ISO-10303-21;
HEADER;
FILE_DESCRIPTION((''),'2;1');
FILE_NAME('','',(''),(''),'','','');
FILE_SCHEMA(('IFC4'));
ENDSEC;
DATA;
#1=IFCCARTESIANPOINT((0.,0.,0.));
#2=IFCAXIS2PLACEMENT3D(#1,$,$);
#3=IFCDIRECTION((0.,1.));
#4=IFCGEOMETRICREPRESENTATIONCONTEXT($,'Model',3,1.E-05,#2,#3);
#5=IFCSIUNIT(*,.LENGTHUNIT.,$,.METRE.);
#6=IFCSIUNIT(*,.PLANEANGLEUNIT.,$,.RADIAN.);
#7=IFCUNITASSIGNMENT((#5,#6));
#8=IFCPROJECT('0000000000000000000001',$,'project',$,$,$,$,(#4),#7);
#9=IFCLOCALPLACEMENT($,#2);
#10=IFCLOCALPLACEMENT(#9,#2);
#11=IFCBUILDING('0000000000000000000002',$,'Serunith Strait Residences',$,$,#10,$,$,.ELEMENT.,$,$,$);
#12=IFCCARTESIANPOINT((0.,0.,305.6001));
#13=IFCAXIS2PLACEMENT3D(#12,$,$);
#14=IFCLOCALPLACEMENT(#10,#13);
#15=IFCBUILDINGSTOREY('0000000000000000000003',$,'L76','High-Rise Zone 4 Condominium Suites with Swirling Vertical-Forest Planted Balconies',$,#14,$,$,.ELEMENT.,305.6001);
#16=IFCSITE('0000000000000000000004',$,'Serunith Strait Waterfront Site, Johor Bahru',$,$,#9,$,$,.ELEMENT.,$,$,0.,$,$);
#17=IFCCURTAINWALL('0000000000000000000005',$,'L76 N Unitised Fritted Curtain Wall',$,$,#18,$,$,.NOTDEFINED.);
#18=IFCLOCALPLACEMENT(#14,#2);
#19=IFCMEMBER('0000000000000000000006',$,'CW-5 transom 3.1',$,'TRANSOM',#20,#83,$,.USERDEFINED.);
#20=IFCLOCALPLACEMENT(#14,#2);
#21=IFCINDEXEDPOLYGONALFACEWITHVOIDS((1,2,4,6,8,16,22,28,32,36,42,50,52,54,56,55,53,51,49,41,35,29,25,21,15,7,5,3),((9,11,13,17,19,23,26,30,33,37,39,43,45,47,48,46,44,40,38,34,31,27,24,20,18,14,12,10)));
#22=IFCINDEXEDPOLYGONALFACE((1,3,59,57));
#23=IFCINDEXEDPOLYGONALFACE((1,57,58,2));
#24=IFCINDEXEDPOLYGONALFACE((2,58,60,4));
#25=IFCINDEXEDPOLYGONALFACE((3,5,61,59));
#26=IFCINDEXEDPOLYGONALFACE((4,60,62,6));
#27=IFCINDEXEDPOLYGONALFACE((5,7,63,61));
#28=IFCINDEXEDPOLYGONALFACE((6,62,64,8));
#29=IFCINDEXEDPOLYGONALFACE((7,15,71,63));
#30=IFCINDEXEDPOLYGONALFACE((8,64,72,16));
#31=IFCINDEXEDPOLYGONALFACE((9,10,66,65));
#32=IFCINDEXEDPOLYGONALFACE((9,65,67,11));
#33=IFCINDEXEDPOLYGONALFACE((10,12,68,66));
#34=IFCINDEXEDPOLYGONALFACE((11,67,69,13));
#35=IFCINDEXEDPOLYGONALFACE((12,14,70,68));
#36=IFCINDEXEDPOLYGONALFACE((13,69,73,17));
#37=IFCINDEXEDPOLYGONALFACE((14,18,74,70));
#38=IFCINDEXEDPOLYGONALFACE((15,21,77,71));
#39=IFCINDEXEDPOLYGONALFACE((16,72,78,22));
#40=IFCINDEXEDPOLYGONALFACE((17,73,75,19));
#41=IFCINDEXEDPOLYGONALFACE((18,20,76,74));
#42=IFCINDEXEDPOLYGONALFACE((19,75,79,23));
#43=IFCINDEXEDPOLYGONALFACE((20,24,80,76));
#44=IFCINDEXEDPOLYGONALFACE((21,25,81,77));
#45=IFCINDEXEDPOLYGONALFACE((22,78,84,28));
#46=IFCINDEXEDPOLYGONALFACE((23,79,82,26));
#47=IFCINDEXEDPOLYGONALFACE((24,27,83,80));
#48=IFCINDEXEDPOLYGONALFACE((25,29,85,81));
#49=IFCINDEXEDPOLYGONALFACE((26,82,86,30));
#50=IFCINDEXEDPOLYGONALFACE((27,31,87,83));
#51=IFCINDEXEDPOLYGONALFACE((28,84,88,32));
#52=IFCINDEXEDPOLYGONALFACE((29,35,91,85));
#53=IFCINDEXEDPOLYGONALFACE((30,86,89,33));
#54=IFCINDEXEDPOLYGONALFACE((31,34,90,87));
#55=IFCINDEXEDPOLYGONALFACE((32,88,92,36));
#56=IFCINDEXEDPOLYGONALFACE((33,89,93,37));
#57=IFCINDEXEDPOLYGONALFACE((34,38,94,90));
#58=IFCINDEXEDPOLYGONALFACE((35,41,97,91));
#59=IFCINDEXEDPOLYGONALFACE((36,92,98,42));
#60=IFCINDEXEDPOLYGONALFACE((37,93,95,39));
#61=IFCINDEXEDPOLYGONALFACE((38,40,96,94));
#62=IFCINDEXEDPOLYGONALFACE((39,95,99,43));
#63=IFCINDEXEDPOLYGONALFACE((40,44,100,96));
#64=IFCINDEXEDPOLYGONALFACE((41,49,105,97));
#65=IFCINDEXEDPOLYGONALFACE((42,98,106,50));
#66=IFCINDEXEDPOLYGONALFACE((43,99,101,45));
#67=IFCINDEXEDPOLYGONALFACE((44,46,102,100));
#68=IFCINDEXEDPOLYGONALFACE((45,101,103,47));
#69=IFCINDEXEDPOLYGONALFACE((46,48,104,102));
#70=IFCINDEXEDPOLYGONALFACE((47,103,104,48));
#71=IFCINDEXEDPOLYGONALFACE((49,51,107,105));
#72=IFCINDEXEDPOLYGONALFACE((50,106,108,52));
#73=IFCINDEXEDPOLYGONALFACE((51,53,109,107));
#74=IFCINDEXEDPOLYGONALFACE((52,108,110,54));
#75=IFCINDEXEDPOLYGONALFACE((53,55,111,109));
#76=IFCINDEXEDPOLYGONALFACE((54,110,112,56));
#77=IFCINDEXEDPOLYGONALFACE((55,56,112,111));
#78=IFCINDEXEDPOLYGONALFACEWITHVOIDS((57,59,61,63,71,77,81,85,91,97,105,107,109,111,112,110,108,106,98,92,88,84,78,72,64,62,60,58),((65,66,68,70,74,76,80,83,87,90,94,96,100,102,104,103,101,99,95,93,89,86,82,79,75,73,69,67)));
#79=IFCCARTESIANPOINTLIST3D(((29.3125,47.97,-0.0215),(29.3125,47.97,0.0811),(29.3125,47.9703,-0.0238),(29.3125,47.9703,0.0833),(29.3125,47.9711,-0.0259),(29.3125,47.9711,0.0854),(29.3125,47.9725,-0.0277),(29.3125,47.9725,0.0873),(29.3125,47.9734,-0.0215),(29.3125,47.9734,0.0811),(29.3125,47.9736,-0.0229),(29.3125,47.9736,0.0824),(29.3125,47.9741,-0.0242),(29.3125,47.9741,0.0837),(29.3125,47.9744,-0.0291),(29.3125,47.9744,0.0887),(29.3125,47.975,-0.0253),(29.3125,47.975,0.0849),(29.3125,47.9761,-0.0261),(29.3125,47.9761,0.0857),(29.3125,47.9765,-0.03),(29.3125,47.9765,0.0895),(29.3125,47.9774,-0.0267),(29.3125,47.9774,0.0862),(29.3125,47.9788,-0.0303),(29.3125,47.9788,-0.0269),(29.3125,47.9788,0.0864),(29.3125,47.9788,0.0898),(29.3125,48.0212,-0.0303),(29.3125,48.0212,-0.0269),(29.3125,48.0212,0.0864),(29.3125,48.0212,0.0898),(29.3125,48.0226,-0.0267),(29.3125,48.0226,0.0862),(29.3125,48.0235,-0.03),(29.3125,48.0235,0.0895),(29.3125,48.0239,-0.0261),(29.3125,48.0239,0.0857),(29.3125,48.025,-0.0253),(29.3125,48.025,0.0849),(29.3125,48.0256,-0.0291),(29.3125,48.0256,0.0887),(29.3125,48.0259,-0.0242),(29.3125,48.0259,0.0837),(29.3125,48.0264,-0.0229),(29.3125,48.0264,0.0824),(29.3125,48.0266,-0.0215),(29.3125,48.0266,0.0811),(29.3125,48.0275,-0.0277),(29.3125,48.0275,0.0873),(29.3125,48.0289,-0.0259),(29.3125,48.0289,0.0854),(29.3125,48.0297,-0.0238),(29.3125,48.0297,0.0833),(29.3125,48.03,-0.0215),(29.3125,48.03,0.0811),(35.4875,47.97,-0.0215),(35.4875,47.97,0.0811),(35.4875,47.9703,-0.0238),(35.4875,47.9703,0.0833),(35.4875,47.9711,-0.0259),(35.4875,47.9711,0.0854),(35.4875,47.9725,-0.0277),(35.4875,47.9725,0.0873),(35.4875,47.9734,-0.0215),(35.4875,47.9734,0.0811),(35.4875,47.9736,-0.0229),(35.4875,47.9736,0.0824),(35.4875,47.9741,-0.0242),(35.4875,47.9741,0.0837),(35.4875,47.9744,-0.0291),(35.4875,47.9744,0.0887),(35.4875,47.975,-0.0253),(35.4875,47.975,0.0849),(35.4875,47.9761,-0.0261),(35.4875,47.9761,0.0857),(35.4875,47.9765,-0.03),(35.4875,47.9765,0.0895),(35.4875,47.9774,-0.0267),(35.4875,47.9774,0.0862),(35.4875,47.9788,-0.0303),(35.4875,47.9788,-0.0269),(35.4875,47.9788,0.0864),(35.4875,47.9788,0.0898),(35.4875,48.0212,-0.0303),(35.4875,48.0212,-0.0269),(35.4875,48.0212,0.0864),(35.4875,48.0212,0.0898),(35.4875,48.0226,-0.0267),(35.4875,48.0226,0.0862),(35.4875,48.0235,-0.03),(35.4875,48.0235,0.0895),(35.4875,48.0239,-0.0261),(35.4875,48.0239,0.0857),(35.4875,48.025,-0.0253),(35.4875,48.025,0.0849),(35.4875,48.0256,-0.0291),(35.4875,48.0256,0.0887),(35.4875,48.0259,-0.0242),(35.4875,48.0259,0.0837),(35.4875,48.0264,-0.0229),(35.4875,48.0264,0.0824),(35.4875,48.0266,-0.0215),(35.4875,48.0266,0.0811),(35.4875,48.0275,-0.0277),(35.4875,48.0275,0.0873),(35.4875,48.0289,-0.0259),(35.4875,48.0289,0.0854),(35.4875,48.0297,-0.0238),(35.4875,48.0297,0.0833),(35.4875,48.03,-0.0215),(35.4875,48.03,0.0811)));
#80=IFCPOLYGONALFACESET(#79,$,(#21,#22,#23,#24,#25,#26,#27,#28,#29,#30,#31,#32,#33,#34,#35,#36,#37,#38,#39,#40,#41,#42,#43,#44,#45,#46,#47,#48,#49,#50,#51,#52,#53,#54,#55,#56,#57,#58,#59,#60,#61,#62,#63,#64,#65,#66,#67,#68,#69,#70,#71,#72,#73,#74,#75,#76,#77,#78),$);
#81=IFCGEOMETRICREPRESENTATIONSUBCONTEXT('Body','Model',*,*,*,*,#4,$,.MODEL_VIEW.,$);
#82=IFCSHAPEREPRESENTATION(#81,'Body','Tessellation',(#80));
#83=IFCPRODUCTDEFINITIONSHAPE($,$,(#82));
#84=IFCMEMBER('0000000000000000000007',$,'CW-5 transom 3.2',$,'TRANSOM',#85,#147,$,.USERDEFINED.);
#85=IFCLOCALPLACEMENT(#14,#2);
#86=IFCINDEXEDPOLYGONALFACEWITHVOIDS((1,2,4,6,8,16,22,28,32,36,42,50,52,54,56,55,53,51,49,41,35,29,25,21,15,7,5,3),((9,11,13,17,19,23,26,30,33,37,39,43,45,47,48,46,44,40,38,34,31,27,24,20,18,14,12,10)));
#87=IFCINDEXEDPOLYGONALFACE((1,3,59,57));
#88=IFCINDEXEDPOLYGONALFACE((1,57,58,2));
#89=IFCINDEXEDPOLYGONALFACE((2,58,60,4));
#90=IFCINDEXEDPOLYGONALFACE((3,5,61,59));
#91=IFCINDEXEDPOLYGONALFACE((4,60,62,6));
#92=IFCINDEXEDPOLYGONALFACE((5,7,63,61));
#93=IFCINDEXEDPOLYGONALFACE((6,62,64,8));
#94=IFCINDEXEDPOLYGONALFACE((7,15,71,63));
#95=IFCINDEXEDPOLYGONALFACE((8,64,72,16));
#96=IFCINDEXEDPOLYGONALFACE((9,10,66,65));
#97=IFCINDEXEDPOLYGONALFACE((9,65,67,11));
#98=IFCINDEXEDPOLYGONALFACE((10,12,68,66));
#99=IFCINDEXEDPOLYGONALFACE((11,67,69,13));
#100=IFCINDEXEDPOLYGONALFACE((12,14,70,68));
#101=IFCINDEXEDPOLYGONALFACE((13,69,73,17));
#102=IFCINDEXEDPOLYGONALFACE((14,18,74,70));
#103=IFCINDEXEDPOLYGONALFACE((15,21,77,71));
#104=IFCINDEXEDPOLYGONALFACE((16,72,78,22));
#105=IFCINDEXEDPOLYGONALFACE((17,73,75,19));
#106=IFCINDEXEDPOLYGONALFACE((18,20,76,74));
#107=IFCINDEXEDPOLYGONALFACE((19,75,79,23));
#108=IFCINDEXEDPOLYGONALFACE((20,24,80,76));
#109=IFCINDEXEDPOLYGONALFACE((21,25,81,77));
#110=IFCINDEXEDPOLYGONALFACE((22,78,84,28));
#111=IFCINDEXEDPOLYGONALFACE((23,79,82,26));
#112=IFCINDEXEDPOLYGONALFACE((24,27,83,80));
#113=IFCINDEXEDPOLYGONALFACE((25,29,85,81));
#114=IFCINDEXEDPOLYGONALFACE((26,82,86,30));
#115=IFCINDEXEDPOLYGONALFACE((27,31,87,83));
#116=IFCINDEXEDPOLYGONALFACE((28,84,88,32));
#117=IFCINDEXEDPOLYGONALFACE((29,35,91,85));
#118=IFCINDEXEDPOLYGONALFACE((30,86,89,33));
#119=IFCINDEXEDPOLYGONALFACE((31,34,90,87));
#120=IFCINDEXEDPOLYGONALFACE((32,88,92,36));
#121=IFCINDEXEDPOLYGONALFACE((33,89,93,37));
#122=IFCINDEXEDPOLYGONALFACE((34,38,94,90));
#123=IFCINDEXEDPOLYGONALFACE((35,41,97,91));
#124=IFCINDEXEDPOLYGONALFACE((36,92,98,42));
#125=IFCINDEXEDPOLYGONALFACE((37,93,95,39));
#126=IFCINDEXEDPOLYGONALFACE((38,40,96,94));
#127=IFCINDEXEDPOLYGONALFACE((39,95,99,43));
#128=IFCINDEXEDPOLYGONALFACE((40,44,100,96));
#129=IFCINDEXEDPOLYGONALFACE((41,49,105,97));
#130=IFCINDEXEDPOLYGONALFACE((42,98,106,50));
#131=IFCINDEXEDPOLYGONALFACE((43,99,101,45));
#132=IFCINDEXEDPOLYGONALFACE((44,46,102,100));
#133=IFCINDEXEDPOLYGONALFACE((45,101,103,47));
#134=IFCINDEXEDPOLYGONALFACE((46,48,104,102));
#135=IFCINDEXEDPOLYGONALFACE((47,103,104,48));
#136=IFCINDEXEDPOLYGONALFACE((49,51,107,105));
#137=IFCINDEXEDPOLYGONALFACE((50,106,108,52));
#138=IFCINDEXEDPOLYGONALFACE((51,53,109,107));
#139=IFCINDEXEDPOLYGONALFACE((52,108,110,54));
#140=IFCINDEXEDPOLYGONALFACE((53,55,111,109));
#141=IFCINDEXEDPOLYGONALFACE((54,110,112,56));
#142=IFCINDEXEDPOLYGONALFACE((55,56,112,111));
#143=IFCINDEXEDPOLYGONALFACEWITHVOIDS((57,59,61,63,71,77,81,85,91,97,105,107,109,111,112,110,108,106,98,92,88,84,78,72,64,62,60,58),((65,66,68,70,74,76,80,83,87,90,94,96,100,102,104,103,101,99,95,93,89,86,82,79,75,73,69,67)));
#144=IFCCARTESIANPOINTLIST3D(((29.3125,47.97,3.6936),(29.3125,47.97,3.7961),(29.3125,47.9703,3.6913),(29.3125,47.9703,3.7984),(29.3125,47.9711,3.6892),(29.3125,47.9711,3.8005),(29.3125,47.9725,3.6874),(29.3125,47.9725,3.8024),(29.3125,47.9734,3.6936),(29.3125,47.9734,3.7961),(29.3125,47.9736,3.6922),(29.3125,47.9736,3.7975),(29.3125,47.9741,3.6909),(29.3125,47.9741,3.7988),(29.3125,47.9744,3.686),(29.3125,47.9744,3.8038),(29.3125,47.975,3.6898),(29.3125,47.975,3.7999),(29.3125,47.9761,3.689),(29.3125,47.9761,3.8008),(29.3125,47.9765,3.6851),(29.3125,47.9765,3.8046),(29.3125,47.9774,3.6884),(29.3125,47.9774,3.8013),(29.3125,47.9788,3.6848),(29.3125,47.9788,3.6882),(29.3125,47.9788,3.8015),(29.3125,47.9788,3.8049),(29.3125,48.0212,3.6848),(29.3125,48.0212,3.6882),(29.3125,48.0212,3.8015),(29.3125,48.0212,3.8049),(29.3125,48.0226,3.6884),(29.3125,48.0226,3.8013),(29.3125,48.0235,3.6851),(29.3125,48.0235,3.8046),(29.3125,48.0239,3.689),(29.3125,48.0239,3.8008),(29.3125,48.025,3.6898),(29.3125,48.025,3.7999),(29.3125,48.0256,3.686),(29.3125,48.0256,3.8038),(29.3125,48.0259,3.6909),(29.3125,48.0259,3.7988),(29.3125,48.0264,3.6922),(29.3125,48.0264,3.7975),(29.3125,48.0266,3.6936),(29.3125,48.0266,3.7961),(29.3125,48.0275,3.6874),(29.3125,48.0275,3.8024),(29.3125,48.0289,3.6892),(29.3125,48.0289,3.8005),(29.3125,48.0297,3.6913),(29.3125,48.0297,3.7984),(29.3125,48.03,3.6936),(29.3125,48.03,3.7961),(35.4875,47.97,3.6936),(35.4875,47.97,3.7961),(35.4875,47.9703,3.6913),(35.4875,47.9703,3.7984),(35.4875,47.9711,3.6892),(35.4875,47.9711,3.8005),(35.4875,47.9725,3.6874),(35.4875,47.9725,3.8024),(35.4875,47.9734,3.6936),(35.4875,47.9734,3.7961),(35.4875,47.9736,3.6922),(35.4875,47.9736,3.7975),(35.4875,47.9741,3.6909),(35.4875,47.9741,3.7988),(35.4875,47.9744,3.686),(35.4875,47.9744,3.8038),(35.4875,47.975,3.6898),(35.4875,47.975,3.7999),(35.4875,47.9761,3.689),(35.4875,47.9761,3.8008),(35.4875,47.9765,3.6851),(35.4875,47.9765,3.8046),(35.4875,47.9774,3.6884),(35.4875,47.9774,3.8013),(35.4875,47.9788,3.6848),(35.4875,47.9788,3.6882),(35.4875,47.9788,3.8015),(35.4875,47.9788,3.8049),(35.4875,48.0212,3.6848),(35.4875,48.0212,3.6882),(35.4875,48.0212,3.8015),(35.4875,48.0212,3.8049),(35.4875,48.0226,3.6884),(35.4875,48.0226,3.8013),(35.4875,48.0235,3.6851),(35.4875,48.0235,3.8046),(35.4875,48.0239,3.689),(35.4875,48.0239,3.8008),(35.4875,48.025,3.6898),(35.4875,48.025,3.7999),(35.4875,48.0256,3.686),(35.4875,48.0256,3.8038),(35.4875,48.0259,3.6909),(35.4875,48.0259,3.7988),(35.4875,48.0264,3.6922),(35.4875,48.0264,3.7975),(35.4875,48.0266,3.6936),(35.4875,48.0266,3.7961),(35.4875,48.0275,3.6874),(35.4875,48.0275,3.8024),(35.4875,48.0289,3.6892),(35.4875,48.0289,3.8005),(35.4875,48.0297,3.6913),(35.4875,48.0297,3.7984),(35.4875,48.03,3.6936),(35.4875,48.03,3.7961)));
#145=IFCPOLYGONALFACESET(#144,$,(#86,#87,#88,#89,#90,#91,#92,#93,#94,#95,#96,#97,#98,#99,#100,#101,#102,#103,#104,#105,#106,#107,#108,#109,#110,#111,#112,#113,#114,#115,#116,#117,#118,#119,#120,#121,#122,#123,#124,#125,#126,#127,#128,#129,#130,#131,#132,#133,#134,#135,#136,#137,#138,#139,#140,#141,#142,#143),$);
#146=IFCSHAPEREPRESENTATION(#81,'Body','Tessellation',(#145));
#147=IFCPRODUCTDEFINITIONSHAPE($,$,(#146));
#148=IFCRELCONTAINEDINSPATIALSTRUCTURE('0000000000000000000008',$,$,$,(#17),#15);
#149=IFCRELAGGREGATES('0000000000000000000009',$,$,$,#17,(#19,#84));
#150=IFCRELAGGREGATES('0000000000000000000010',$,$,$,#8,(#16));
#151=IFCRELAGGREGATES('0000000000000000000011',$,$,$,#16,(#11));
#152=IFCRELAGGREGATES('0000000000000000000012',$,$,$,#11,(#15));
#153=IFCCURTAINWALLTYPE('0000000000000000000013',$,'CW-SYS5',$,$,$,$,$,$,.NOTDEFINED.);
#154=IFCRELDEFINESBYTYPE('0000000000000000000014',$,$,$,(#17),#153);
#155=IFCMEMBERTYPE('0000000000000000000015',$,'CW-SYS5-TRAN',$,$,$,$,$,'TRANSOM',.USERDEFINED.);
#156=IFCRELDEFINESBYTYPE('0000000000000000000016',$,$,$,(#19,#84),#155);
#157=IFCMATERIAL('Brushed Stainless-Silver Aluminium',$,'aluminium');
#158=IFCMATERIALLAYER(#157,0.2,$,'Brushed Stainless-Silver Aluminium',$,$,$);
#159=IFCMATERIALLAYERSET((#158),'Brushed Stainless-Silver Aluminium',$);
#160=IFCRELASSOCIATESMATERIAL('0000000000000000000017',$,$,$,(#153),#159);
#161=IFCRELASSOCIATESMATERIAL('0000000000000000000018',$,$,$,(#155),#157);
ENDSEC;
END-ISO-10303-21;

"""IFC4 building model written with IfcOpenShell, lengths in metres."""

from ifc_helpers import new_model, si_unit, direction, frame, origin, origin_2d, place, context, subcontext, project, spatial, hollow_rectangle, extrude, source, transform, mapped, material, layer, layer_set, material_profile, profile_set, type_object, element, aggregate, save


model = new_model("IFC4")

# Units and contexts
model_context = context("Model", 3, precision=1e-05, world=origin(), true_north=direction((0.0, 1.0)))
body_context = subcontext(model_context, "Body", "Model", "MODEL_VIEW")
ifc_project = project(units=[si_unit("LENGTHUNIT", "METRE"), si_unit("PLANEANGLEUNIT", "RADIAN")], contexts=[model_context])

# Site, building, storey
site_placement = place(None, origin())
site = spatial("IfcSite", under=ifc_project, at=site_placement, Name="Serunith Strait Waterfront Site, Johor Bahru", CompositionType="ELEMENT", RefElevation=0.0)
building_placement = place(site_placement, origin())
building = spatial("IfcBuilding", under=site, at=building_placement, Name="Serunith Strait Residences", CompositionType="ELEMENT")
storey_placement = place(building_placement, frame((0.0, 0.0, 305.6001)))
storey = spatial("IfcBuildingStorey", under=building, at=storey_placement, Name="L76", Description="High-Rise Zone 4 Condominium Suites with Swirling Vertical-Forest Planted Balconies", CompositionType="ELEMENT", Elevation=305.6001)

# Curtain wall, members
ifc_material_1 = material(Name="Brushed Stainless-Silver Aluminium", Category="aluminium")
ifc_layer_1 = layer(ifc_material_1, 0.2, Name="Brushed Stainless-Silver Aluminium")
ifc_layer_set_1 = layer_set([ifc_layer_1], Name="Brushed Stainless-Silver Aluminium")
curtain_wall_type = type_object("IfcCurtainWallType", Name="CW-SYS5", PredefinedType="NOTDEFINED", material=ifc_layer_set_1)
curtain_wall_placement = place(storey_placement, origin())
curtain_wall = element("IfcCurtainWall", 1, at=curtain_wall_placement, inside=storey, type_object=curtain_wall_type, Name="L76 N Unitised Fritted Curtain Wall", PredefinedType="NOTDEFINED")
ifc_material_profile_1 = material_profile(ifc_material_1, hollow_rectangle(XDim=0.0601, YDim=0.1201, WallThickness=0.0034, InnerFilletRadius=0.0054, OuterFilletRadius=0.0088, at=origin_2d()), Name="ALU 120x60x3.5")
ifc_profile_set_1 = profile_set([ifc_material_profile_1], Name="Brushed Stainless-Silver Aluminium")
member_type_1 = type_object("IfcMemberType", Name="CW-SYS5-TRAN", ElementType="TRANSOM", PredefinedType="USERDEFINED", material=ifc_profile_set_1)
shared_shape_1 = source(origin(), body_context, "Body", "SweptSolid", [
    extrude(hollow_rectangle(XDim=0.0601, YDim=0.1201, WallThickness=0.0034, InnerFilletRadius=0.0054, OuterFilletRadius=0.0088, at=origin_2d()), origin(), (0.0, 0.0, 1.0), 6.175),
])
member_1_placement = place(storey_placement, frame((35.4875, 48.0, 0.0298), z_axis=(-1.0, 0.0, 0.0), x_axis=(0.0, -1.0, 0.0)))
member_1 = element("IfcMember", 2, at=member_1_placement, type_object=member_type_1, Name="CW-5 transom 3.1", ObjectType="TRANSOM", PredefinedType="USERDEFINED", context=body_context, shape_type="MappedRepresentation", body=[
    mapped(shared_shape_1, transform((0.0, 0.0, 0.0), scale=1.0)),
])
member_2_placement = place(storey_placement, frame((35.4875, 48.0, 3.7449), z_axis=(-1.0, 0.0, 0.0), x_axis=(0.0, -1.0, 0.0)))
member_2 = element("IfcMember", 3, at=member_2_placement, type_object=member_type_1, Name="CW-5 transom 3.2", ObjectType="TRANSOM", PredefinedType="USERDEFINED", context=body_context, shape_type="MappedRepresentation", body=[
    mapped(shared_shape_1, transform((0.0, 0.0, 0.0), scale=1.0)),
])
aggregate(curtain_wall, [member_1, member_2])

save(model, "model.ifc")
